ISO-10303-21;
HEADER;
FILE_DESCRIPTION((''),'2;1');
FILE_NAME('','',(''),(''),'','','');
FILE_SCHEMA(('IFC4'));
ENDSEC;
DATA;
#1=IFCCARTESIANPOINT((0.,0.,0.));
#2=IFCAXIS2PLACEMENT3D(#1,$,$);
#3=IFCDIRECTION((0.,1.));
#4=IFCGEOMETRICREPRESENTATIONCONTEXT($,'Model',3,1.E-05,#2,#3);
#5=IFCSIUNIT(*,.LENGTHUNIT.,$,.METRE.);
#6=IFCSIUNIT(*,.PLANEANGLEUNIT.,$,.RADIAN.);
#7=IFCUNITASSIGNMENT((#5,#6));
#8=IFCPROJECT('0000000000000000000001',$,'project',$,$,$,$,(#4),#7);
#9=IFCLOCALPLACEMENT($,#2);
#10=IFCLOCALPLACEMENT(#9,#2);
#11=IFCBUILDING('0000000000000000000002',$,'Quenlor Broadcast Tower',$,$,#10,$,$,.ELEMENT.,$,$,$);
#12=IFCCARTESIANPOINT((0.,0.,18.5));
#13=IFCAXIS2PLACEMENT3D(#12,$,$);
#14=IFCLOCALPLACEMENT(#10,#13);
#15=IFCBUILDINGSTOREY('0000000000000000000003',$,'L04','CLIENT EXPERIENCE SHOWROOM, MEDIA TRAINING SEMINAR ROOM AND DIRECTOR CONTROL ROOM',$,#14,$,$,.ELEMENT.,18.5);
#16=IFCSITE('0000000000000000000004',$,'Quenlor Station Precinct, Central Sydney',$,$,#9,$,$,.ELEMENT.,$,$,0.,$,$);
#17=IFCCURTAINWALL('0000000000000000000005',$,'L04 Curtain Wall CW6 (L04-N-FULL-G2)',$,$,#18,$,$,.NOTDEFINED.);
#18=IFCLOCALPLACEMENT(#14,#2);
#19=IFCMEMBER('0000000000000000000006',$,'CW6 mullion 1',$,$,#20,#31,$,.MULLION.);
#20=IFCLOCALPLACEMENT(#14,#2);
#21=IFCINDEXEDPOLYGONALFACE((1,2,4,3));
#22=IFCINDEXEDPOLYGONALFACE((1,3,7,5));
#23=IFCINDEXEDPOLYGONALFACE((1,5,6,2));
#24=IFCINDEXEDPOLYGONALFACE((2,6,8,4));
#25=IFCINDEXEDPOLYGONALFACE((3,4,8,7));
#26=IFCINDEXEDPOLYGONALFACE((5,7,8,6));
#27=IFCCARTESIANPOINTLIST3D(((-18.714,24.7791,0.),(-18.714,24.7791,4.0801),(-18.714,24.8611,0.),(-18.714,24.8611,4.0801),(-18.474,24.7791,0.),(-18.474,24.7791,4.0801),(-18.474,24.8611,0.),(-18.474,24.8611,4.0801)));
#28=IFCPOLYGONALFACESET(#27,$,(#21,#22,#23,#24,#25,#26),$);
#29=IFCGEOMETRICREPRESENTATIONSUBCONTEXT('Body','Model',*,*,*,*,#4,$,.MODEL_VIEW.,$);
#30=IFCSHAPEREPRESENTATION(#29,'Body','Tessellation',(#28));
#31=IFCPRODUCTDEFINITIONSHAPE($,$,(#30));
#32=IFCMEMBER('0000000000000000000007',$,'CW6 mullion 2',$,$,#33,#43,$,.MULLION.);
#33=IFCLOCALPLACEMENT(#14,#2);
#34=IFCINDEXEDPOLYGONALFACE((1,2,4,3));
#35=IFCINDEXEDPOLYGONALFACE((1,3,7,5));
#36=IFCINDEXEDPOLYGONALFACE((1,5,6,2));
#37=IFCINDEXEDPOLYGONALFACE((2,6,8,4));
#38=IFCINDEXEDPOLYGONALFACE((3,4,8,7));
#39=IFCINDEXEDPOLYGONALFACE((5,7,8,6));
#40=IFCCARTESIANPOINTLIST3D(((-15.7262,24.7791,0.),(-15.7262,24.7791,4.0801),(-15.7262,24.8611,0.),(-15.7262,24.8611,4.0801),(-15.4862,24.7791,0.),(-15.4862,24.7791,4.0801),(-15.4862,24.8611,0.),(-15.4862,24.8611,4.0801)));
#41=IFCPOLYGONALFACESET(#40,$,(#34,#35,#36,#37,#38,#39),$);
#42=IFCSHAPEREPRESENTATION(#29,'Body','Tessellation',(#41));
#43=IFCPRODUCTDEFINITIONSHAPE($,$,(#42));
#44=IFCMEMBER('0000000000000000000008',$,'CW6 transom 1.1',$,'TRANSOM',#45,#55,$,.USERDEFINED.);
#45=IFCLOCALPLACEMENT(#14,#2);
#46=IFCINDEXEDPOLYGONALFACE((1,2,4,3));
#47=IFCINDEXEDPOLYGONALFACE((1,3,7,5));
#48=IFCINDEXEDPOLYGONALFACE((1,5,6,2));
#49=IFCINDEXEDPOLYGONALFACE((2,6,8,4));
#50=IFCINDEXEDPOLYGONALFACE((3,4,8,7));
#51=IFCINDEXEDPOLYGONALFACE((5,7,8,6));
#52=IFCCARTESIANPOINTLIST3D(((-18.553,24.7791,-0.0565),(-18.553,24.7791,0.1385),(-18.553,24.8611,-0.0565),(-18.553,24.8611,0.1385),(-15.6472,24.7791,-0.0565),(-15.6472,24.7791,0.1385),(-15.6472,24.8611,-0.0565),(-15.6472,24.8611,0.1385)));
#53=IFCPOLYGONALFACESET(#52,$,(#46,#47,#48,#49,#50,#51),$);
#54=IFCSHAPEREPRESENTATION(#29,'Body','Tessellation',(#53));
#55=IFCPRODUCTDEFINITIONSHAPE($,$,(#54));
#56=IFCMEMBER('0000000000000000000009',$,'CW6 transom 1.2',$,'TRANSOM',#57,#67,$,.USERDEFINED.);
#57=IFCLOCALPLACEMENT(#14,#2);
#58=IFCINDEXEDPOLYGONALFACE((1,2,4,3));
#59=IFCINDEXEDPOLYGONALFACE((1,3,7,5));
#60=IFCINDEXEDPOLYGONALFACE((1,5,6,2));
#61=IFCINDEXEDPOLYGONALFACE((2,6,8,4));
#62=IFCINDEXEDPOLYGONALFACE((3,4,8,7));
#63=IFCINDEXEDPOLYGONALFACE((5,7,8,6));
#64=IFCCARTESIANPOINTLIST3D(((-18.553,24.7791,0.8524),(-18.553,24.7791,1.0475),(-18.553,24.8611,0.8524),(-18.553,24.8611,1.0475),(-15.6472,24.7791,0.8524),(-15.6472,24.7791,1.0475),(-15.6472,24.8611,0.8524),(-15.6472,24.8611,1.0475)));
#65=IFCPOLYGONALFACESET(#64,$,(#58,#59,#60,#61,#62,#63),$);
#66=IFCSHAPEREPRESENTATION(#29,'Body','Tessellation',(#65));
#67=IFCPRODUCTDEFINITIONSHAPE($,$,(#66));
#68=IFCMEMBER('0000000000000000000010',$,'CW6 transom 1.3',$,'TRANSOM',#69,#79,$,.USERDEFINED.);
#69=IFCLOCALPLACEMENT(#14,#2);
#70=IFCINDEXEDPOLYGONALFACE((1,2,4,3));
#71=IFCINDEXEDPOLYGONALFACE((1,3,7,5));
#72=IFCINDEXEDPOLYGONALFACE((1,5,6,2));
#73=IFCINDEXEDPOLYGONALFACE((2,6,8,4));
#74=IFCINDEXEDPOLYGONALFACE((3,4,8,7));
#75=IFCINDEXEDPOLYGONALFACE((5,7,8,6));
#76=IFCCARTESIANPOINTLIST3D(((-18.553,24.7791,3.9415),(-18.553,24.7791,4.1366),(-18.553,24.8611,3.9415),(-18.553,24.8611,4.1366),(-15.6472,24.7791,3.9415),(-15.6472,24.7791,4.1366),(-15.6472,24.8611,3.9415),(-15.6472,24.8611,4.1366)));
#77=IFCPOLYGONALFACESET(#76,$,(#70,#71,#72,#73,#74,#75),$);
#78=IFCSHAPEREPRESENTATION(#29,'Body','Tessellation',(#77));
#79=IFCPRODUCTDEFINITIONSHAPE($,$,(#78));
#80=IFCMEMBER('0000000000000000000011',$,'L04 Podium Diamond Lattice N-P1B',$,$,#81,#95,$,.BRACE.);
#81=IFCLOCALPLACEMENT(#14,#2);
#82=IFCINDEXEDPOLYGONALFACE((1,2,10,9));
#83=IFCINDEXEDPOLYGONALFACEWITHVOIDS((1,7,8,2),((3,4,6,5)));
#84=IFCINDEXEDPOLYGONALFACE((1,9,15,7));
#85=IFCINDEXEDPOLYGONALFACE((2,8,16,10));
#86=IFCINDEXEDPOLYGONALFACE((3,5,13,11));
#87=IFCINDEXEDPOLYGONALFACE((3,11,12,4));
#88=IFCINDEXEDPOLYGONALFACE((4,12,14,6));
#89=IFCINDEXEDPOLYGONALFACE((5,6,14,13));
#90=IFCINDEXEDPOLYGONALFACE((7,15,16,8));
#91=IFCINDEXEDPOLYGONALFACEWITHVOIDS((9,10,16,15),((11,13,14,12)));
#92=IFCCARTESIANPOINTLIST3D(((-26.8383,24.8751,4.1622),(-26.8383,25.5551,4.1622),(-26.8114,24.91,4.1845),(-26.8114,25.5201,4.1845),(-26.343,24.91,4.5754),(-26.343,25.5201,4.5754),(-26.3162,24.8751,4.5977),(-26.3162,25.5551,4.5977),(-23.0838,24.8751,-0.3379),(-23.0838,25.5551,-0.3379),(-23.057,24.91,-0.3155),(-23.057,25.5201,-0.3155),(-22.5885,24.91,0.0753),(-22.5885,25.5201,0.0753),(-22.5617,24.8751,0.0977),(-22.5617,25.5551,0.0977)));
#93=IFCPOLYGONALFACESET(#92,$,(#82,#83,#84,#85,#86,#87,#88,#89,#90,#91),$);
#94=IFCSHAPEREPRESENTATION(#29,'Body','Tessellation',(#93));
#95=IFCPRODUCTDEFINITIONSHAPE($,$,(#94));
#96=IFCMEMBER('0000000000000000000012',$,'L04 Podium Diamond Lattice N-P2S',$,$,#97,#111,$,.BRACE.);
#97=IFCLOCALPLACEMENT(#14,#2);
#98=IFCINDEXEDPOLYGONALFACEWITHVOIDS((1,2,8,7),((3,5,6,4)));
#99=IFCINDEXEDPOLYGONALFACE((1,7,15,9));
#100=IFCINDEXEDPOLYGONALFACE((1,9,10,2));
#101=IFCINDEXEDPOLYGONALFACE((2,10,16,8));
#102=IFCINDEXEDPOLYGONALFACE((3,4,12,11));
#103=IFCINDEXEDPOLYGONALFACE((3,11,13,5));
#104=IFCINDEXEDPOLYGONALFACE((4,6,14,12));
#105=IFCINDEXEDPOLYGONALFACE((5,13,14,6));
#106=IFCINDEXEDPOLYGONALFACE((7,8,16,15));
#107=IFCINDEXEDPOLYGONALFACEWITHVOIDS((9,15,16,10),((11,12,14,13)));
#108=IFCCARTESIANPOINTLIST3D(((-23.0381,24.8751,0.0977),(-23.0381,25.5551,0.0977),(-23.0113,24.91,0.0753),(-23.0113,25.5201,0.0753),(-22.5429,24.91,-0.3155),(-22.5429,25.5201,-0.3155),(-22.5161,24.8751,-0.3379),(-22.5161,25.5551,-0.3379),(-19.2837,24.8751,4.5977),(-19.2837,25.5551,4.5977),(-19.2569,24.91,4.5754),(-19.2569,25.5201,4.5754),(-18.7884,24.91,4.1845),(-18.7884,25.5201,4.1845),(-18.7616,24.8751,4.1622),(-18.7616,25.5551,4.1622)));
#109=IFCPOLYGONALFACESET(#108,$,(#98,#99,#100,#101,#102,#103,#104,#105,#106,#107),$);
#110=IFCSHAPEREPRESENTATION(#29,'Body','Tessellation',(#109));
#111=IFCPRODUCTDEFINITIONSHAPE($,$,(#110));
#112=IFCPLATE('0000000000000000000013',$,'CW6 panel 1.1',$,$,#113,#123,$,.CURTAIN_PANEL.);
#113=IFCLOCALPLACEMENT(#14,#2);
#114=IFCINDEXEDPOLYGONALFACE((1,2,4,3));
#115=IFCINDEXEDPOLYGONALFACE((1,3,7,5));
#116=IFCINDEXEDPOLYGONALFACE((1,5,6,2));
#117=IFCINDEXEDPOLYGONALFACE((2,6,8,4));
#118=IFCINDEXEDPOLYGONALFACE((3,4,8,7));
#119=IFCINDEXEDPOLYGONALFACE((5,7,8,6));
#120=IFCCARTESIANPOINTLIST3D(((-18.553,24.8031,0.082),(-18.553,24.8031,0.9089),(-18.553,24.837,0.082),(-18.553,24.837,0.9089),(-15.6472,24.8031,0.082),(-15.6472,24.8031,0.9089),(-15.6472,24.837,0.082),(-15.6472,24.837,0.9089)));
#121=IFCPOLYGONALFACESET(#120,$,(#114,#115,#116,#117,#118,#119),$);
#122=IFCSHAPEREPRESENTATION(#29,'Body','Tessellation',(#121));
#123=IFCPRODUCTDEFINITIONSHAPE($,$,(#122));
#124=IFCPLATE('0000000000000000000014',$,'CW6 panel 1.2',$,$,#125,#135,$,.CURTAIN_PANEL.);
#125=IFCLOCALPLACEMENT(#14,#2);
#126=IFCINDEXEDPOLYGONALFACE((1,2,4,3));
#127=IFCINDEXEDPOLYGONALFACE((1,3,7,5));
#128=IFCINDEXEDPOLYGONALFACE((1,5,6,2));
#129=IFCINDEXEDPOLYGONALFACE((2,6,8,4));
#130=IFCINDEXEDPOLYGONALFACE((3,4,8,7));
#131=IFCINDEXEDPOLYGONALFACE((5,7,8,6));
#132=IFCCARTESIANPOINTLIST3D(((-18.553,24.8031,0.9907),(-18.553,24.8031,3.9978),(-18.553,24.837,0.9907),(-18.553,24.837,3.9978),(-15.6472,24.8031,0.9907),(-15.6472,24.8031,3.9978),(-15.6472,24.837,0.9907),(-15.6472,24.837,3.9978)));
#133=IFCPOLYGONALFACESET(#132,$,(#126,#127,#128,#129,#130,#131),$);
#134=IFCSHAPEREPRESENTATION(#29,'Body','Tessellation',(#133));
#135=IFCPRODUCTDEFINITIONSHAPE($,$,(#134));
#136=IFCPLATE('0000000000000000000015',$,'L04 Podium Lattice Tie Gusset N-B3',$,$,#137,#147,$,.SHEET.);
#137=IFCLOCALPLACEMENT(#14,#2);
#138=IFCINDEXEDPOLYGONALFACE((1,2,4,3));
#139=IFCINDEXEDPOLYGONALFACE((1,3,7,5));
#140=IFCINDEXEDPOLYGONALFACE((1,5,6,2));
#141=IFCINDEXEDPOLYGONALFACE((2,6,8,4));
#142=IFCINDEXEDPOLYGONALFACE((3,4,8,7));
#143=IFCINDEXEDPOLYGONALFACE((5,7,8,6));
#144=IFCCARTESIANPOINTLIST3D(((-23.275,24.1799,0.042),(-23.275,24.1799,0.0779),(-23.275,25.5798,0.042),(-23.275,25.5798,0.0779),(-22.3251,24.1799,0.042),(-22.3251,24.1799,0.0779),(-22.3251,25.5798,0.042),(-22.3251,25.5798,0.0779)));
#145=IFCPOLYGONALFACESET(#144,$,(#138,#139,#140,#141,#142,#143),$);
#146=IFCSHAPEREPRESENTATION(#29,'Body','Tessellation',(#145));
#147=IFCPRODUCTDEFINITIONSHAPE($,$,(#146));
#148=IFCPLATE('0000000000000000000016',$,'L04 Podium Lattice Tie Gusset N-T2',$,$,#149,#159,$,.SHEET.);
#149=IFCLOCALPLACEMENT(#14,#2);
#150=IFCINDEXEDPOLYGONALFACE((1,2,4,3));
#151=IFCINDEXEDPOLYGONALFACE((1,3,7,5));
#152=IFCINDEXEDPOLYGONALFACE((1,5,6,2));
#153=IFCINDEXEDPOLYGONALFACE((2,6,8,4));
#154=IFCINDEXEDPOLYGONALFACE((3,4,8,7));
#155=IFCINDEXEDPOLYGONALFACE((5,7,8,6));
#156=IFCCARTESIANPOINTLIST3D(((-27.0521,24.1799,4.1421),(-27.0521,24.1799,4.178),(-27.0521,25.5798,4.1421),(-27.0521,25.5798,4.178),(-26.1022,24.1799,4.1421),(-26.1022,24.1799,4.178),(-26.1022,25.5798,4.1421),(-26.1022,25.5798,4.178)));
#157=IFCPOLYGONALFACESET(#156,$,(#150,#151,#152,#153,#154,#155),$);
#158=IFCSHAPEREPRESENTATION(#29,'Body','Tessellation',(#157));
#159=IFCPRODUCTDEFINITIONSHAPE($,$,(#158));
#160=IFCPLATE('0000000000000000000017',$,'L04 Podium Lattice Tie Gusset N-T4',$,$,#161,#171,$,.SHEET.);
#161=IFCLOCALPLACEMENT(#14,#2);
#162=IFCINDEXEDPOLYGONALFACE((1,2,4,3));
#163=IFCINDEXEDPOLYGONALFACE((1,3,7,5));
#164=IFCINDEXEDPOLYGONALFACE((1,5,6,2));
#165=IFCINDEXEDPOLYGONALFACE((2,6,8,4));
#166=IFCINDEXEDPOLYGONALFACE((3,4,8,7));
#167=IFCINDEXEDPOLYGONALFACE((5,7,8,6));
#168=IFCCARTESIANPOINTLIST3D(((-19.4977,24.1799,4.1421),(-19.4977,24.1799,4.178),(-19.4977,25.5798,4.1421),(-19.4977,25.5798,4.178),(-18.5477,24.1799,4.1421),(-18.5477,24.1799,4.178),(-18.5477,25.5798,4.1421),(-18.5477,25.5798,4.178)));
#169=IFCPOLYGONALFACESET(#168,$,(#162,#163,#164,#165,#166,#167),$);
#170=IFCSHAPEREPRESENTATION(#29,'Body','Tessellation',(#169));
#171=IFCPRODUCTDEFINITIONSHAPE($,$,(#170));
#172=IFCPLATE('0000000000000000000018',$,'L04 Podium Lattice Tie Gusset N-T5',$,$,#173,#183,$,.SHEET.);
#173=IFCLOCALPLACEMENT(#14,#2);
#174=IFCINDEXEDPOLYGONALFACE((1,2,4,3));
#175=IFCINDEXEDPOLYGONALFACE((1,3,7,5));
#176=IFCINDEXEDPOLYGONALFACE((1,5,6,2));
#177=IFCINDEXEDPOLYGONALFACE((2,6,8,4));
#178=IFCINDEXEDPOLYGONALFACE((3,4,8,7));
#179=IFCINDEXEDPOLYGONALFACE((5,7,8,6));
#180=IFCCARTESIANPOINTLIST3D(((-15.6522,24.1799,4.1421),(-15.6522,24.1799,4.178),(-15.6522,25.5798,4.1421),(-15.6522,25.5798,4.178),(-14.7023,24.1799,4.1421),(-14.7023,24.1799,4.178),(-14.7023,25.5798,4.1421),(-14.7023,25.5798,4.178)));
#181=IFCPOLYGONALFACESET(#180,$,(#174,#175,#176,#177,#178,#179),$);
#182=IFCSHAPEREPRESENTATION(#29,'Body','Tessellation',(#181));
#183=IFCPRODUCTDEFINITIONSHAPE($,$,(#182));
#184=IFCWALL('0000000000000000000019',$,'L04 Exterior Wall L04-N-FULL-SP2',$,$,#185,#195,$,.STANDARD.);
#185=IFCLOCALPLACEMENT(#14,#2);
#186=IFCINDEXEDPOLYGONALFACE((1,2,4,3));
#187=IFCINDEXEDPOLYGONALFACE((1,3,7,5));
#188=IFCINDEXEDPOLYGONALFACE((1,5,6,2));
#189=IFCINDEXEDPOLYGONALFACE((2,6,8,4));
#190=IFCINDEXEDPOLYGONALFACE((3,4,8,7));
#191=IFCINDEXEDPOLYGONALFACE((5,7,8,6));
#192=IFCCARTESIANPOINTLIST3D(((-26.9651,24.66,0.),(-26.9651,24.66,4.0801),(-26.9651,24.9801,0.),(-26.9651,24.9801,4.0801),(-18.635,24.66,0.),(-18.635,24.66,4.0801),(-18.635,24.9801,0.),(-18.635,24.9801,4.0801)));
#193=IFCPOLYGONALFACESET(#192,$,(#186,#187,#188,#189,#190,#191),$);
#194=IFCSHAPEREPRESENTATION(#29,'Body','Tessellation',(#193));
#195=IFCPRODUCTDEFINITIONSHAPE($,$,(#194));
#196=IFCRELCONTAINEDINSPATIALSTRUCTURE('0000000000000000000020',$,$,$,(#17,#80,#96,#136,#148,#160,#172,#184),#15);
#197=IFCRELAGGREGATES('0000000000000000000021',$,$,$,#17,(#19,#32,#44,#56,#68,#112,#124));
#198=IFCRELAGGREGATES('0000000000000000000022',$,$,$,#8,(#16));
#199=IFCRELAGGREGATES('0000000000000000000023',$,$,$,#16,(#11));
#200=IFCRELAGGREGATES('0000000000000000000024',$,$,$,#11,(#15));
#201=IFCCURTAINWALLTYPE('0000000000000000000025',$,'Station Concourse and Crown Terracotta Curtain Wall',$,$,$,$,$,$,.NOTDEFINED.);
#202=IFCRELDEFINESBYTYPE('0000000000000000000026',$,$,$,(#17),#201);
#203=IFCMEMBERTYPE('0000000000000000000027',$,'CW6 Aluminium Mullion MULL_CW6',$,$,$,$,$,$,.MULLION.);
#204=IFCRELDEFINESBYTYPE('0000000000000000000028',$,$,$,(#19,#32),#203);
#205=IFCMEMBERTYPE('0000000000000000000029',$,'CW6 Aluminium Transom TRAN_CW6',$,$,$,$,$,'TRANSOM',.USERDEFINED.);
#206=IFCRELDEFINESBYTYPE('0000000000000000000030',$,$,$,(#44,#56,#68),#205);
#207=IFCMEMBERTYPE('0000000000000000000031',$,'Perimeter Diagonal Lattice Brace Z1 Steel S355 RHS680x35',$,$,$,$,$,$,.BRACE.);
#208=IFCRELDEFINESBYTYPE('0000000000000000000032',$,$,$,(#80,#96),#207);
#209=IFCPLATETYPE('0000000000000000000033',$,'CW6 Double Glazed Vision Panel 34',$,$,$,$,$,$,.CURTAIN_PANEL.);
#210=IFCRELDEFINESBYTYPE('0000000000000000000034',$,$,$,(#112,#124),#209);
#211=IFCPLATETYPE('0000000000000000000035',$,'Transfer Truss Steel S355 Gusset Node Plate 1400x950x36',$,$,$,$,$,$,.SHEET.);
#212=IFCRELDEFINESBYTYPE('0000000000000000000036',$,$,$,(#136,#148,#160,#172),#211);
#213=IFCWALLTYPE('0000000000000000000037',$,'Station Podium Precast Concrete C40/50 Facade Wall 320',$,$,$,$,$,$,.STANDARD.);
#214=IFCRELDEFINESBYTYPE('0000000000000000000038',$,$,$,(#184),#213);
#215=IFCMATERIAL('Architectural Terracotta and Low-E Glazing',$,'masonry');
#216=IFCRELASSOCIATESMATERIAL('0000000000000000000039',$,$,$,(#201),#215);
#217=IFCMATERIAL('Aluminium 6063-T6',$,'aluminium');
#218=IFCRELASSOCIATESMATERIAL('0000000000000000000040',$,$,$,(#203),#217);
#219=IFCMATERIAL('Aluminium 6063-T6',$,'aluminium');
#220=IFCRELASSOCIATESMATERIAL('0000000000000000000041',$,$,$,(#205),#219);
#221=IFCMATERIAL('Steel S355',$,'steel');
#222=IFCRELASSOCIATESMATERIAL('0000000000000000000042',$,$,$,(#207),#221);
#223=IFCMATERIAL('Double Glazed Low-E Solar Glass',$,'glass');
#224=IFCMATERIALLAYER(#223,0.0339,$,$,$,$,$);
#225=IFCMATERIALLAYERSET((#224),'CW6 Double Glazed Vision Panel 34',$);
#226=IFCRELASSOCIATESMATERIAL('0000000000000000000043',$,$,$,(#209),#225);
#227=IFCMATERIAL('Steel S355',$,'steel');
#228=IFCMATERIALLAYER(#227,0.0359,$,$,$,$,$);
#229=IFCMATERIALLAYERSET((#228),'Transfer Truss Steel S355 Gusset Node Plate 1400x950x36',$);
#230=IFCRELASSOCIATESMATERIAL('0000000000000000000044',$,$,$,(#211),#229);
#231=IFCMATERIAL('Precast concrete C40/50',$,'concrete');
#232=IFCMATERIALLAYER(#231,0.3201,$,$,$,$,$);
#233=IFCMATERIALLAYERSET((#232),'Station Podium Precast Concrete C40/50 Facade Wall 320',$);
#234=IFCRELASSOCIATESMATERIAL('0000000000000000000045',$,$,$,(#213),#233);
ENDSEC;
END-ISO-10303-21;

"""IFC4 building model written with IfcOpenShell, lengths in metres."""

from ifc_helpers import new_model, si_unit, direction, frame, frame_2d, origin, origin_2d, place, context, subcontext, project, spatial, rectangle, hollow_rectangle, extrude, material, layer, layer_set, material_profile, profile_set, type_object, element, aggregate, save


model = new_model("IFC4")

# Units and contexts
model_context = context("Model", 3, precision=1e-05, world=origin(), true_north=direction((0.0, 1.0)))
body_context = subcontext(model_context, "Body", "Model", "MODEL_VIEW")
ifc_project = project(units=[si_unit("LENGTHUNIT", "METRE"), si_unit("PLANEANGLEUNIT", "RADIAN")], contexts=[model_context])

# Site, building, storey
site_placement = place(None, origin())
site = spatial("IfcSite", under=ifc_project, at=site_placement, Name="Quenlor Station Precinct, Central Sydney", CompositionType="ELEMENT", RefElevation=0.0)
building_placement = place(site_placement, origin())
building = spatial("IfcBuilding", under=site, at=building_placement, Name="Quenlor Broadcast Tower", CompositionType="ELEMENT")
storey_placement = place(building_placement, frame((0.0, 0.0, 18.5)))
storey = spatial("IfcBuildingStorey", under=building, at=storey_placement, Name="L04", Description="CLIENT EXPERIENCE SHOWROOM, MEDIA TRAINING SEMINAR ROOM AND DIRECTOR CONTROL ROOM", CompositionType="ELEMENT", Elevation=18.5)

# Curtain wall, members
ifc_material_1 = material(Name="Architectural Terracotta and Low-E Glazing", Category="masonry")
curtain_wall_type = type_object("IfcCurtainWallType", Name="Station Concourse and Crown Terracotta Curtain Wall", PredefinedType="NOTDEFINED", material=ifc_material_1)
curtain_wall_placement = place(storey_placement, origin())
curtain_wall = element("IfcCurtainWall", 1, at=curtain_wall_placement, inside=storey, type_object=curtain_wall_type, Name="L04 Curtain Wall CW6 (L04-N-FULL-G2)", PredefinedType="NOTDEFINED")
ifc_material_2 = material(Name="Aluminium 6063-T6", Category="aluminium")
ifc_material_profile_1 = material_profile(ifc_material_2, rectangle(XDim=0.082, YDim=0.24, at=origin_2d()))
ifc_profile_set_1 = profile_set([ifc_material_profile_1], Name="Aluminium 6063-T6 MULL82x240")
member_type_1 = type_object("IfcMemberType", Name="CW6 Aluminium Mullion MULL_CW6", PredefinedType="MULLION", material=ifc_profile_set_1)
member_1_placement = place(storey_placement, frame((-18.594, 24.8201, 0.0), z_axis=(0.0, 0.0, 1.0), x_axis=(0.0, 1.0, 0.0)))
member_1 = element("IfcMember", 2, at=member_1_placement, type_object=member_type_1, Name="CW6 mullion 1", PredefinedType="MULLION", context=body_context, shape_type="SweptSolid", body=[
    extrude(rectangle(XDim=0.082, YDim=0.24, at=origin_2d()), origin(), (0.0, 0.0, 1.0), 4.0801),
])
member_2_placement = place(storey_placement, frame((-15.6062, 24.8201, 0.0), z_axis=(0.0, 0.0, 1.0), x_axis=(0.0, 1.0, 0.0)))
member_2 = element("IfcMember", 3, at=member_2_placement, type_object=member_type_1, Name="CW6 mullion 2", PredefinedType="MULLION", context=body_context, shape_type="SweptSolid", body=[
    extrude(rectangle(XDim=0.082, YDim=0.24, at=origin_2d()), origin(), (0.0, 0.0, 1.0), 4.0801),
])
ifc_material_3 = material(Name="Aluminium 6063-T6", Category="aluminium")
ifc_material_profile_2 = material_profile(ifc_material_3, rectangle(XDim=0.082, YDim=0.1951, at=origin_2d()))
ifc_profile_set_2 = profile_set([ifc_material_profile_2], Name="Aluminium 6063-T6 TRAN82x195")
member_type_2 = type_object("IfcMemberType", Name="CW6 Aluminium Transom TRAN_CW6", ElementType="TRANSOM", PredefinedType="USERDEFINED", material=ifc_profile_set_2)
member_3_placement = place(storey_placement, frame((-18.553, 24.8201, 0.041), z_axis=(1.0, 0.0, 0.0), x_axis=(0.0, 1.0, 0.0)))
member_3 = element("IfcMember", 4, at=member_3_placement, type_object=member_type_2, Name="CW6 transom 1.1", ObjectType="TRANSOM", PredefinedType="USERDEFINED", context=body_context, shape_type="SweptSolid", body=[
    extrude(rectangle(XDim=0.082, YDim=0.1951, at=origin_2d()), origin(), (0.0, 0.0, 1.0), 2.9058),
])
member_4_placement = place(storey_placement, frame((-18.553, 24.8201, 0.95), z_axis=(1.0, 0.0, 0.0), x_axis=(0.0, 1.0, 0.0)))
member_4 = element("IfcMember", 5, at=member_4_placement, type_object=member_type_2, Name="CW6 transom 1.2", ObjectType="TRANSOM", PredefinedType="USERDEFINED", context=body_context, shape_type="SweptSolid", body=[
    extrude(rectangle(XDim=0.082, YDim=0.1951, at=origin_2d()), origin(), (0.0, 0.0, 1.0), 2.9058),
])
member_5_placement = place(storey_placement, frame((-18.553, 24.8201, 4.0391), z_axis=(1.0, 0.0, 0.0), x_axis=(0.0, 1.0, 0.0)))
member_5 = element("IfcMember", 6, at=member_5_placement, type_object=member_type_2, Name="CW6 transom 1.3", ObjectType="TRANSOM", PredefinedType="USERDEFINED", context=body_context, shape_type="SweptSolid", body=[
    extrude(rectangle(XDim=0.082, YDim=0.1951, at=origin_2d()), origin(), (0.0, 0.0, 1.0), 2.9058),
])

# Members
ifc_material_4 = material(Name="Steel S355", Category="steel")
ifc_material_profile_3 = material_profile(ifc_material_4, hollow_rectangle(XDim=0.6799, YDim=0.6799, WallThickness=0.0349, at=origin_2d()))
ifc_profile_set_3 = profile_set([ifc_material_profile_3], Name="Steel S355 RHS680x680x35")
member_type_3 = type_object("IfcMemberType", Name="Perimeter Diagonal Lattice Brace Z1 Steel S355 RHS680x35", PredefinedType="BRACE", material=ifc_profile_set_3)
for number, where, z_axis, x_axis, name in (
    (7, (-22.8228, 25.2151, -0.1201), (-0.640627, 0.0, 0.767852), (0.0, -1.0, 0.0), "L04 Podium Diamond Lattice N-P1B"),
    (8, (-22.7771, 25.2151, -0.1201), (0.640627, 0.0, 0.767852), (0.0, 1.0, 0.0), "L04 Podium Diamond Lattice N-P2S"),
):
    element("IfcMember", number, at=place(storey_placement, frame(where, z_axis=z_axis, x_axis=x_axis)), inside=storey, type_object=member_type_3, Name=name, PredefinedType="BRACE", context=body_context, shape_type="SweptSolid", body=[
        extrude(hollow_rectangle(XDim=0.6799, YDim=0.6799, WallThickness=0.0349, at=origin_2d()), origin(), (0.0, 0.0, 1.0), 5.8606),
    ])

# Plates
ifc_material_5 = material(Name="Double Glazed Low-E Solar Glass", Category="glass")
ifc_layer_1 = layer(ifc_material_5, 0.0339)
ifc_layer_set_1 = layer_set([ifc_layer_1], Name="CW6 Double Glazed Vision Panel 34")
plate_type_1 = type_object("IfcPlateType", Name="CW6 Double Glazed Vision Panel 34", PredefinedType="CURTAIN_PANEL", material=ifc_layer_set_1)
plate_1_placement = place(storey_placement, frame((-17.1001, 24.8201, 0.082), z_axis=(0.0, 0.0, 1.0), x_axis=(1.0, 0.0, 0.0)))
plate_1 = element("IfcPlate", 9, at=plate_1_placement, type_object=plate_type_1, Name="CW6 panel 1.1", PredefinedType="CURTAIN_PANEL", context=body_context, shape_type="SweptSolid", body=[
    extrude(rectangle(XDim=2.9058, YDim=0.0339, at=origin_2d()), origin(), (0.0, 0.0, 1.0), 0.8269),
])
plate_2_placement = place(storey_placement, frame((-17.1001, 24.8201, 0.9907), z_axis=(0.0, 0.0, 1.0), x_axis=(1.0, 0.0, 0.0)))
plate_2 = element("IfcPlate", 10, at=plate_2_placement, type_object=plate_type_1, Name="CW6 panel 1.2", PredefinedType="CURTAIN_PANEL", context=body_context, shape_type="SweptSolid", body=[
    extrude(rectangle(XDim=2.9058, YDim=0.0339, at=origin_2d()), origin(), (0.0, 0.0, 1.0), 3.0071),
])
aggregate(curtain_wall, [member_1, member_2, member_3, member_4, member_5, plate_1, plate_2])

# Plates
ifc_material_6 = material(Name="Steel S355", Category="steel")
ifc_layer_2 = layer(ifc_material_6, 0.0359)
ifc_layer_set_2 = layer_set([ifc_layer_2], Name="Transfer Truss Steel S355 Gusset Node Plate 1400x950x36")
plate_type_2 = type_object("IfcPlateType", Name="Transfer Truss Steel S355 Gusset Node Plate 1400x950x36", PredefinedType="SHEET", material=ifc_layer_set_2)
for number, where, z_axis, x_axis, name in (
    (11, (-22.8, 24.8799, 0.042), (0.0, 0.0, 1.0), (0.0, 1.0, 0.0), "L04 Podium Lattice Tie Gusset N-B3"),
    (12, (-26.5771, 24.8799, 4.1421), (0.0, 0.0, 1.0), (0.0, 1.0, 0.0), "L04 Podium Lattice Tie Gusset N-T2"),
    (13, (-19.0227, 24.8799, 4.1421), (0.0, 0.0, 1.0), (0.0, 1.0, 0.0), "L04 Podium Lattice Tie Gusset N-T4"),
    (14, (-15.1772, 24.8799, 4.1421), (0.0, 0.0, 1.0), (0.0, 1.0, 0.0), "L04 Podium Lattice Tie Gusset N-T5"),
):
    element("IfcPlate", number, at=place(storey_placement, frame(where, z_axis=z_axis, x_axis=x_axis)), inside=storey, type_object=plate_type_2, Name=name, PredefinedType="SHEET", context=body_context, shape_type="SweptSolid", body=[
        extrude(rectangle(XDim=1.3999, YDim=0.95, at=origin_2d()), origin(), (0.0, 0.0, 1.0), 0.0359),
    ])

# Wall
ifc_material_7 = material(Name="Precast concrete C40/50", Category="concrete")
ifc_layer_3 = layer(ifc_material_7, 0.3201)
ifc_layer_set_3 = layer_set([ifc_layer_3], Name="Station Podium Precast Concrete C40/50 Facade Wall 320")
wall_type = type_object("IfcWallType", Name="Station Podium Precast Concrete C40/50 Facade Wall 320", PredefinedType="STANDARD", material=ifc_layer_set_3)
wall_1_placement = place(storey_placement, frame((-26.9651, 24.8201, 0.0), z_axis=(0.0, 0.0, 1.0), x_axis=(1.0, 0.0, 0.0)))
element("IfcWall", 15, at=wall_1_placement, inside=storey, type_object=wall_type, Name="L04 Exterior Wall L04-N-FULL-SP2", PredefinedType="STANDARD", context=body_context, shape_type="SweptSolid", body=[
    extrude(rectangle(XDim=8.3301, YDim=0.3201, at=frame_2d((4.165, 0.0))), origin(), (0.0, 0.0, 1.0), 4.0801),
])

save(model, "model.ifc")
